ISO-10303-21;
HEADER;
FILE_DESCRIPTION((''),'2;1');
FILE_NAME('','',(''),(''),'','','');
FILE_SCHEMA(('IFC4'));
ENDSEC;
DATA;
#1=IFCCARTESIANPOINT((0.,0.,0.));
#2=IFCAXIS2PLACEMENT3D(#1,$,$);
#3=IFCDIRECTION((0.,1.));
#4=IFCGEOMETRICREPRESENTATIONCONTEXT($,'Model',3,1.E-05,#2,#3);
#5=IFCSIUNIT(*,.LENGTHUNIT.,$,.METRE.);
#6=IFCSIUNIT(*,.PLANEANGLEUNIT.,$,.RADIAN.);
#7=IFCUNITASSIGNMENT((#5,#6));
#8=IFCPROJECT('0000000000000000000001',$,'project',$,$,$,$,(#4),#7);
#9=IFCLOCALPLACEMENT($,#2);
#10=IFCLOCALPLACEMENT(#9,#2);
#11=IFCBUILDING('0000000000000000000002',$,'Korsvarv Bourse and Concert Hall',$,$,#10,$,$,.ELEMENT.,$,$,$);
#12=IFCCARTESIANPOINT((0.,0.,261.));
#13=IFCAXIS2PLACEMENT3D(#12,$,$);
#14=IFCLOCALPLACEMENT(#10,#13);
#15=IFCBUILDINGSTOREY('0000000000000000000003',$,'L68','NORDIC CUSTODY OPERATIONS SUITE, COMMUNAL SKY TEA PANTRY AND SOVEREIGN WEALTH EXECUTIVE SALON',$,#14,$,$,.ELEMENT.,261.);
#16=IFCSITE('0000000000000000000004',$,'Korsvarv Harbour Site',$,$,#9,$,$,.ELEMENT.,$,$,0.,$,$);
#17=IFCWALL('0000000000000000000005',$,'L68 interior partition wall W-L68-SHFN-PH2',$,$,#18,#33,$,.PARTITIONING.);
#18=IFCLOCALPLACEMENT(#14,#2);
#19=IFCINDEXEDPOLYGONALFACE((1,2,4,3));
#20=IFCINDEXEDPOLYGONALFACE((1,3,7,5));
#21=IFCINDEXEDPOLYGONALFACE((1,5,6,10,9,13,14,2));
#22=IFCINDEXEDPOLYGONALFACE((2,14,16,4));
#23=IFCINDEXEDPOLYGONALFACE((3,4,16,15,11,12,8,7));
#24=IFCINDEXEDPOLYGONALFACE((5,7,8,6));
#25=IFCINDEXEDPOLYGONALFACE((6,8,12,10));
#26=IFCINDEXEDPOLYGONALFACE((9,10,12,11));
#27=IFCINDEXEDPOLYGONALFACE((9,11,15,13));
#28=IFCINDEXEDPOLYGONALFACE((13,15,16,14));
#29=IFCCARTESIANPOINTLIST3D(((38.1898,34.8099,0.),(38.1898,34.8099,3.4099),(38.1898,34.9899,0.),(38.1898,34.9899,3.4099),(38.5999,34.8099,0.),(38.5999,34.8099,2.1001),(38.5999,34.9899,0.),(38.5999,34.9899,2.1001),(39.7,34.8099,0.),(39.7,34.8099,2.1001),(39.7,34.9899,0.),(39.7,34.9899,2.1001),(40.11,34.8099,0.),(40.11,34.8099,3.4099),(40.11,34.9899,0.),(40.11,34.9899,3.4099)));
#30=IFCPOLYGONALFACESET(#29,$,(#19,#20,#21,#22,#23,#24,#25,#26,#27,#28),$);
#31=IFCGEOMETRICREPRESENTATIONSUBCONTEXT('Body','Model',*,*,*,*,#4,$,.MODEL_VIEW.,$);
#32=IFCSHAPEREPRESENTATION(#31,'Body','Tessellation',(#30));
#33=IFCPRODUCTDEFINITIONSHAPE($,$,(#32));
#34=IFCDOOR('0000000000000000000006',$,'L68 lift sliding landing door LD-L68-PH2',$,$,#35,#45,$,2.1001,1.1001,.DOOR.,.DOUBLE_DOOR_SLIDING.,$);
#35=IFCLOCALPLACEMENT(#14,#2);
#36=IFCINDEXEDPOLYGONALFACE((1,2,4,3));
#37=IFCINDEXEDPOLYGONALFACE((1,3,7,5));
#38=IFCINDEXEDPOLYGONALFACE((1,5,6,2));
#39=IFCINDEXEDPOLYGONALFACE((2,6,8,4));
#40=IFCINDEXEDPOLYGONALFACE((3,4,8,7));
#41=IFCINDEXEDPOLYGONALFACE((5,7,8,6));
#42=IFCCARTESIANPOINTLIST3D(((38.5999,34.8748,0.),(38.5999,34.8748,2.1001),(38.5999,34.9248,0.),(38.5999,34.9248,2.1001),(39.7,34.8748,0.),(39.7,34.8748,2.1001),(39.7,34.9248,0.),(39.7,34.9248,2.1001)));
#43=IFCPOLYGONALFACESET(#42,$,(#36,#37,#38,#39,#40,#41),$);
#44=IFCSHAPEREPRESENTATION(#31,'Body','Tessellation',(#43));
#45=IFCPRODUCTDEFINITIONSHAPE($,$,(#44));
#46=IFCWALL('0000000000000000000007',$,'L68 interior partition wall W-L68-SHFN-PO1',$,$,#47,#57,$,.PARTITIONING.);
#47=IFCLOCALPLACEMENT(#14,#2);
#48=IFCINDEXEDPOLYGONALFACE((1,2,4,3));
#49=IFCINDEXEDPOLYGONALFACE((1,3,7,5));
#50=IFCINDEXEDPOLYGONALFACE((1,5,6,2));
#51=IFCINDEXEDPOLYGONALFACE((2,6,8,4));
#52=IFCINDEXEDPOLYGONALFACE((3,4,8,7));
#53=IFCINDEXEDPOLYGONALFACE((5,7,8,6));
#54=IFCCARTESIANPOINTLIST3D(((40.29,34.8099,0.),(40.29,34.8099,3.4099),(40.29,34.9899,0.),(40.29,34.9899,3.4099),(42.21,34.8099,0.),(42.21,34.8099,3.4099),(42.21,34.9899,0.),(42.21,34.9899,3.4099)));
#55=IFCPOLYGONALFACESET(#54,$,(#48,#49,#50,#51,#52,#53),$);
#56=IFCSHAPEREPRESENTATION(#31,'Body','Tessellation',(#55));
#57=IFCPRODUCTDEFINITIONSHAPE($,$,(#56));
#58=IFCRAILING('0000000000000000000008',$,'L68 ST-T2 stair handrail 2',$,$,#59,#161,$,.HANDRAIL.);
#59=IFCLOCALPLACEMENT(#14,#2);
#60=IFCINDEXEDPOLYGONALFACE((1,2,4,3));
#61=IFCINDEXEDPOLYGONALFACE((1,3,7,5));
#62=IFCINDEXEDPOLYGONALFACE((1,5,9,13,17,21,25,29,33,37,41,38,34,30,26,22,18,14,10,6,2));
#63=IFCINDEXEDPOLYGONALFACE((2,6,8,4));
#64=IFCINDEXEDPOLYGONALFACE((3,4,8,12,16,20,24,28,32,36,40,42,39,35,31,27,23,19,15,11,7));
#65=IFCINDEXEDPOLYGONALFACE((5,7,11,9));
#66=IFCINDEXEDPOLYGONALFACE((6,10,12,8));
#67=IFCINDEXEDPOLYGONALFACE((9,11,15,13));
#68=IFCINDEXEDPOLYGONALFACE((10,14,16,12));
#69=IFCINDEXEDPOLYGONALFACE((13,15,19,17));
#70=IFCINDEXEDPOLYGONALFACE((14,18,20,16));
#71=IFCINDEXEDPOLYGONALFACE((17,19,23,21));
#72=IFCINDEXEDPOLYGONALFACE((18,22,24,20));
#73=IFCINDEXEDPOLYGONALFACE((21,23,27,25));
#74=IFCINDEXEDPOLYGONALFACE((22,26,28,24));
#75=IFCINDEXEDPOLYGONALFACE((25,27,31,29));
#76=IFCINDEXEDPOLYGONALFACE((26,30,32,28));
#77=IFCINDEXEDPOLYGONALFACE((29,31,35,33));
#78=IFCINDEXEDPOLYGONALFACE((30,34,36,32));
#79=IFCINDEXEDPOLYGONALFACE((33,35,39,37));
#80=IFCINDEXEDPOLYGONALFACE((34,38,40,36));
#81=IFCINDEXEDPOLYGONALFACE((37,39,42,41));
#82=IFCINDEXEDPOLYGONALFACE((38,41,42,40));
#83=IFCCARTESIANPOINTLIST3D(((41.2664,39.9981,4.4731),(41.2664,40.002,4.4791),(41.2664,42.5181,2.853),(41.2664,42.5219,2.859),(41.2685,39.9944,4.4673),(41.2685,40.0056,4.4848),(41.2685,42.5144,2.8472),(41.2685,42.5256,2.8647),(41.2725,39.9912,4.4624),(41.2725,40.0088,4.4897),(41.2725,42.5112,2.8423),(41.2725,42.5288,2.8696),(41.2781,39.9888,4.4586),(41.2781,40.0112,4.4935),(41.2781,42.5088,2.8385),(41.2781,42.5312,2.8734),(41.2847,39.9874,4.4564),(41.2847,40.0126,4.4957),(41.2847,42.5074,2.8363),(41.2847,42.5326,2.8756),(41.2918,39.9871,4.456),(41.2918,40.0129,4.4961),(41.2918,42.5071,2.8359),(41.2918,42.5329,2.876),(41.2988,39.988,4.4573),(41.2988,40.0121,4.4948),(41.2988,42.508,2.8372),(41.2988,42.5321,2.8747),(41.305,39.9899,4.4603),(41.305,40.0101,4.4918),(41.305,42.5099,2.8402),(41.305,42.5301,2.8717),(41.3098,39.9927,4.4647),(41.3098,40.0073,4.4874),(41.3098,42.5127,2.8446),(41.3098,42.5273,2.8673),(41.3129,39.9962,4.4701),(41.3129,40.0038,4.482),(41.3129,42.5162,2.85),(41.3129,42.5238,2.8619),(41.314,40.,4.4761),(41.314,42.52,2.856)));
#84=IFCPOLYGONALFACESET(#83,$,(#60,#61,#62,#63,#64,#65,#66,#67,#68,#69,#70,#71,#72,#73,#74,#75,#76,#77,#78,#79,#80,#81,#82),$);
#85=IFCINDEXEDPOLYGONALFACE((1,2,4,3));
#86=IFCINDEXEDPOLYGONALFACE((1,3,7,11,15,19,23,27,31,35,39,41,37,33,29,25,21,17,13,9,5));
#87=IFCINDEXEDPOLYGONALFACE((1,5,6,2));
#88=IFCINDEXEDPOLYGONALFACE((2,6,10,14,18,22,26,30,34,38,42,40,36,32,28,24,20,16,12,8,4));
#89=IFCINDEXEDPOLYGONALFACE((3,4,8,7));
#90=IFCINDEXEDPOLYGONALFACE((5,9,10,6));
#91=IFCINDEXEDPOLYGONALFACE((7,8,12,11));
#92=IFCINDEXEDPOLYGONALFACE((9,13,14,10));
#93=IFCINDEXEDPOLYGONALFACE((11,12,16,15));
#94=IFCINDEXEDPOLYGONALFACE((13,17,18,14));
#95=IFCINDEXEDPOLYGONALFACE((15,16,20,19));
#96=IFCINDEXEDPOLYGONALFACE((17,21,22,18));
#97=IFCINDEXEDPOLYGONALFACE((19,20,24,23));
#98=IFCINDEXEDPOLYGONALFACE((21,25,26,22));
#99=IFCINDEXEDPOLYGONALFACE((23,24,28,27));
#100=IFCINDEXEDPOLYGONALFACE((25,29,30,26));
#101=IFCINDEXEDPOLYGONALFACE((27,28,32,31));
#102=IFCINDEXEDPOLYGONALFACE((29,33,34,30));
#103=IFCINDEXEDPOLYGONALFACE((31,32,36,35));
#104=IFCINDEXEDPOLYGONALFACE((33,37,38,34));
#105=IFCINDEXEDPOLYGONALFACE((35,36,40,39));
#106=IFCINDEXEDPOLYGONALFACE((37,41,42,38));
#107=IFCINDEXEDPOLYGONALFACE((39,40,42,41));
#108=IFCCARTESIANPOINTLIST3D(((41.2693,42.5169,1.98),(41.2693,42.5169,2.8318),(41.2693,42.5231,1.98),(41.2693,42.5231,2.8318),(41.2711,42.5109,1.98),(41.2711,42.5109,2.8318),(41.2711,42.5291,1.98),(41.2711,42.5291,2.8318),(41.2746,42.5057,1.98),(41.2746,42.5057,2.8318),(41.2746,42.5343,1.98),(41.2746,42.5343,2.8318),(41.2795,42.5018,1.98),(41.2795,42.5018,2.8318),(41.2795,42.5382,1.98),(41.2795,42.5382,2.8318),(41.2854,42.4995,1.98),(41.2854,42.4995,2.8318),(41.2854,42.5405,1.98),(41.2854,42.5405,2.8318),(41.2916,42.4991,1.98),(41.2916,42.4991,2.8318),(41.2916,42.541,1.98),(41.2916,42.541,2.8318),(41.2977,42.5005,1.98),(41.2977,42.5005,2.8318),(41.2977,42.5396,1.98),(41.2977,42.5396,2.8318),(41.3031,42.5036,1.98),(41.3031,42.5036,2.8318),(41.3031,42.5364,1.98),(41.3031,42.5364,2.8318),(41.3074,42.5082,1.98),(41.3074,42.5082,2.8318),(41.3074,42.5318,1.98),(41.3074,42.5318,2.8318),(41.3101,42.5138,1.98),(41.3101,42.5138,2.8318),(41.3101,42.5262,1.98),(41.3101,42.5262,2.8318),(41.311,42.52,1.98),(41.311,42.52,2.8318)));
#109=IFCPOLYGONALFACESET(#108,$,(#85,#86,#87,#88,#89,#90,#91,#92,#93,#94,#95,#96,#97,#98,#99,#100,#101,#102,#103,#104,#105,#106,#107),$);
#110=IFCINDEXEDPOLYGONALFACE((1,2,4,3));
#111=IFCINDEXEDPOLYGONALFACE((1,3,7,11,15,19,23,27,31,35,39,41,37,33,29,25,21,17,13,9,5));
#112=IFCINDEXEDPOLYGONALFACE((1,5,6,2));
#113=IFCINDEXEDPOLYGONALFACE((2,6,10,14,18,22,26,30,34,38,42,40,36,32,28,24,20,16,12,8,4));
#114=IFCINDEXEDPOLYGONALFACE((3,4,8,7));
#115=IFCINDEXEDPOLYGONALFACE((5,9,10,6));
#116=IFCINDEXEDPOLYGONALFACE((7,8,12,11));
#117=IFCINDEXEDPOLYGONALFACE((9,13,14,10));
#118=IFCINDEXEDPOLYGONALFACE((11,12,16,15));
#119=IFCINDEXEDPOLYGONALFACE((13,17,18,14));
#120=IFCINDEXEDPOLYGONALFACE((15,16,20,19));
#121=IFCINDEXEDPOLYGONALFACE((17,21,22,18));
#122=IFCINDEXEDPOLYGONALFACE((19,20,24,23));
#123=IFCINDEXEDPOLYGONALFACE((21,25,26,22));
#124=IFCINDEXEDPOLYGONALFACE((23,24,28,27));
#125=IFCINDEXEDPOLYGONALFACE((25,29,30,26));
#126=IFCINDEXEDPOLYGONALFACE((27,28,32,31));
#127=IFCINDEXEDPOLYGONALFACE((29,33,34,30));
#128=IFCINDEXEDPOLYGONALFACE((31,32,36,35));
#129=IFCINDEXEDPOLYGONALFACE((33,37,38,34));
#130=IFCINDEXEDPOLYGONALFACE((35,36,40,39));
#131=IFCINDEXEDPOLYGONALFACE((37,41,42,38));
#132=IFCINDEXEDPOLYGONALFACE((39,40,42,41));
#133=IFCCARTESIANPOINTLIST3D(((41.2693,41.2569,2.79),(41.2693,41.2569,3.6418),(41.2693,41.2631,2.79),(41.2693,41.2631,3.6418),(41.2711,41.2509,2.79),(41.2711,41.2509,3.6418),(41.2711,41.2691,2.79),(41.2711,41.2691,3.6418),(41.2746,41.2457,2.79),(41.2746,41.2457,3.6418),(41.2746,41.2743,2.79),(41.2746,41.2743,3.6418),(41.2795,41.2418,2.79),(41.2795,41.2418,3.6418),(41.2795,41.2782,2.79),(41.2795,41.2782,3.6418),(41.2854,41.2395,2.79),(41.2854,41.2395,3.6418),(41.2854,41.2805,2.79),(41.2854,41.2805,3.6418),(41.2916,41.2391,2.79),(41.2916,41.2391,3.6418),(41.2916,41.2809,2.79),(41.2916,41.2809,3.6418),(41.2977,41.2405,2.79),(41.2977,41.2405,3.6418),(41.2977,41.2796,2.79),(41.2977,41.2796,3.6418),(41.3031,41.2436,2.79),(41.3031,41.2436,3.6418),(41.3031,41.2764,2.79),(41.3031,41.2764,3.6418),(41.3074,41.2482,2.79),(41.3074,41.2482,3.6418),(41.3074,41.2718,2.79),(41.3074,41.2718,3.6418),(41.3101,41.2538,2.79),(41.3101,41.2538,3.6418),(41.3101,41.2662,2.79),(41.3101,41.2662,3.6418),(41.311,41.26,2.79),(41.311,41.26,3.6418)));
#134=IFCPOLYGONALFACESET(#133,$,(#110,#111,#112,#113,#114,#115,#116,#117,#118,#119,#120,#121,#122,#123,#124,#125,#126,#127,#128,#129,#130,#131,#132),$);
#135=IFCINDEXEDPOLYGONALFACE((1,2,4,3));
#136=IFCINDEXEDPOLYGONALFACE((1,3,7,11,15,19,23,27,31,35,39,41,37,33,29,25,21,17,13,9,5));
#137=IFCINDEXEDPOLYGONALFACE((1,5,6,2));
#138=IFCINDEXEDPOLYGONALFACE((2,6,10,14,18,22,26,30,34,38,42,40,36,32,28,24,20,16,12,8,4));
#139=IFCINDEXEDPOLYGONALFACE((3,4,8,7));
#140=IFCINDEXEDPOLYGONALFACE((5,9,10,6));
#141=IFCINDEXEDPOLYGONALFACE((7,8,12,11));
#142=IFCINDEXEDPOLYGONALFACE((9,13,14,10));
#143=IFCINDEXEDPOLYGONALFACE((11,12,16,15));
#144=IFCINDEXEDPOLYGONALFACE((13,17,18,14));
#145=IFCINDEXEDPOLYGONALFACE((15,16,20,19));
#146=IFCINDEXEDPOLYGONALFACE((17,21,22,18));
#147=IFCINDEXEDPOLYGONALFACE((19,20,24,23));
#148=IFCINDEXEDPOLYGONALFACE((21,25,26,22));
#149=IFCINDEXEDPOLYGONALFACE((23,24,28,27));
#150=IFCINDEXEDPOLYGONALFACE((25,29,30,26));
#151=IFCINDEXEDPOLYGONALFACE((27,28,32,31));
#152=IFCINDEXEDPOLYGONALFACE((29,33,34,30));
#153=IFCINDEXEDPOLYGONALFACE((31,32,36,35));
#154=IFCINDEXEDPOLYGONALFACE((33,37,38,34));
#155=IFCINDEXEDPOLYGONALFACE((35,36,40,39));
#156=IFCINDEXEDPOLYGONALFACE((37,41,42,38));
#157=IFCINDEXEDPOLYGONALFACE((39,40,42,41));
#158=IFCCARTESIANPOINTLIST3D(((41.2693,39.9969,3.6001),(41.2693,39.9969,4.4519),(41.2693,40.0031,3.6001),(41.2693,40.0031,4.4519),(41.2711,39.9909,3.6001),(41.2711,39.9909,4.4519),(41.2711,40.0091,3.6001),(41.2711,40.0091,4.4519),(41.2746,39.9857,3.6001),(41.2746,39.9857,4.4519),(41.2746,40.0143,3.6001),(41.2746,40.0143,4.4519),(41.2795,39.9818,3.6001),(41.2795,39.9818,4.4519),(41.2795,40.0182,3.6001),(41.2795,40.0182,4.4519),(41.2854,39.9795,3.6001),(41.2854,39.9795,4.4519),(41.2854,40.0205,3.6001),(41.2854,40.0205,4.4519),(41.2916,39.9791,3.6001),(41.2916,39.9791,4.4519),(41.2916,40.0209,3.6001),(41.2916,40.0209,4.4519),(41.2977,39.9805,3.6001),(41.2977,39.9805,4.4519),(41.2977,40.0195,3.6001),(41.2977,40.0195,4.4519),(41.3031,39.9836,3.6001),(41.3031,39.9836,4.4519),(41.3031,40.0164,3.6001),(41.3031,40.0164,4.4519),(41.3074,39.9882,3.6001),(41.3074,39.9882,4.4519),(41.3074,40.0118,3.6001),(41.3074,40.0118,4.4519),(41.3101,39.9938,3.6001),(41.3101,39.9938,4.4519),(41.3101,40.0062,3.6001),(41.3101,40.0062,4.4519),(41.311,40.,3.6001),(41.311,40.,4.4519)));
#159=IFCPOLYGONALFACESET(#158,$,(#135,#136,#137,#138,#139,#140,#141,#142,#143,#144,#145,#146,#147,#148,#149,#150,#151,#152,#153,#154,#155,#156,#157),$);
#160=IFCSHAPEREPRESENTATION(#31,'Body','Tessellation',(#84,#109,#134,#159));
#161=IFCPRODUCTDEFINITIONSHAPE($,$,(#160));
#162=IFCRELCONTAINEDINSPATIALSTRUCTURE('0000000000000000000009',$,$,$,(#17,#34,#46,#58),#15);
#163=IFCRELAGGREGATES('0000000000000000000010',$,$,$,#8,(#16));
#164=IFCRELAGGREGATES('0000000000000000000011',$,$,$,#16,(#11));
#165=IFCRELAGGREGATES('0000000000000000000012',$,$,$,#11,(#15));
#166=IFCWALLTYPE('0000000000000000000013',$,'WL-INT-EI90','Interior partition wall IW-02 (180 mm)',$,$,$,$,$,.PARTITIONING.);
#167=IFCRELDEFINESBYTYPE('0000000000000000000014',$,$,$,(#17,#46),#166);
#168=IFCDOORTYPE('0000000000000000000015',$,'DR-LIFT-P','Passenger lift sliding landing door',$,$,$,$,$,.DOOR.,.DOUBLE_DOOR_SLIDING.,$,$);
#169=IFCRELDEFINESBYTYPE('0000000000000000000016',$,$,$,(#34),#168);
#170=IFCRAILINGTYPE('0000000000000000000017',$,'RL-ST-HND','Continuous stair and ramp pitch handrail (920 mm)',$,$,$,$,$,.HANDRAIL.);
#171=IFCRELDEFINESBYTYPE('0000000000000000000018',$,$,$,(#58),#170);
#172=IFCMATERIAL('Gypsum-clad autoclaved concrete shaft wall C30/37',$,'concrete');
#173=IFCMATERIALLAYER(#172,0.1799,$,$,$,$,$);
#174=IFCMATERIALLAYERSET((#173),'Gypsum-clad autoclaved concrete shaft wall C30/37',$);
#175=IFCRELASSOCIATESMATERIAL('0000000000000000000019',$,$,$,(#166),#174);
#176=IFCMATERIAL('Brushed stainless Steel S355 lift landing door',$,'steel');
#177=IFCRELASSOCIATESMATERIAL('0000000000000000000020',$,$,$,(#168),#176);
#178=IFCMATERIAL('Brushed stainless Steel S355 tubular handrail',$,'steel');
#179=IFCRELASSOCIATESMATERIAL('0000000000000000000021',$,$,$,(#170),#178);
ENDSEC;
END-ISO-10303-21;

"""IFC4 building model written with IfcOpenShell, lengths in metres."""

from ifc_helpers import new_model, si_unit, direction, frame, frame_2d, origin, origin_2d, place, context, subcontext, project, spatial, rectangle, circle, extrude, material, layer, layer_set, type_object, element, fill, save


model = new_model("IFC4")

# Units and contexts
model_context = context("Model", 3, precision=1e-05, world=origin(), true_north=direction((0.0, 1.0)))
body_context = subcontext(model_context, "Body", "Model", "MODEL_VIEW")
ifc_project = project(units=[si_unit("LENGTHUNIT", "METRE"), si_unit("PLANEANGLEUNIT", "RADIAN")], contexts=[model_context])

# Site, building, storey
site_placement = place(None, origin())
site = spatial("IfcSite", under=ifc_project, at=site_placement, Name="Korsvarv Harbour Site", CompositionType="ELEMENT", RefElevation=0.0)
building_placement = place(site_placement, origin())
building = spatial("IfcBuilding", under=site, at=building_placement, Name="Korsvarv Bourse and Concert Hall", CompositionType="ELEMENT")
storey_placement = place(building_placement, frame((0.0, 0.0, 261.0)))
storey = spatial("IfcBuildingStorey", under=building, at=storey_placement, Name="L68", Description="NORDIC CUSTODY OPERATIONS SUITE, COMMUNAL SKY TEA PANTRY AND SOVEREIGN WEALTH EXECUTIVE SALON", CompositionType="ELEMENT", Elevation=261.0)

# Wall, opening, door
ifc_material_1 = material(Name="Gypsum-clad autoclaved concrete shaft wall C30/37", Category="concrete")
ifc_layer_1 = layer(ifc_material_1, 0.1799)
ifc_layer_set_1 = layer_set([ifc_layer_1], Name="Gypsum-clad autoclaved concrete shaft wall C30/37")
wall_type_1 = type_object("IfcWallType", Name="WL-INT-EI90", Description="Interior partition wall IW-02 (180 mm)", PredefinedType="PARTITIONING", material=ifc_layer_set_1)
ifc_material_2 = material(Name="Brushed stainless Steel S355 lift landing door", Category="steel")
door_type_1 = type_object("IfcDoorType", Name="DR-LIFT-P", Description="Passenger lift sliding landing door", OperationType="DOUBLE_DOOR_SLIDING", PredefinedType="DOOR", material=ifc_material_2)
wall_1_placement = place(storey_placement, frame((38.1899, 34.8999, 0.0), z_axis=(0.0, 0.0, 1.0), x_axis=(1.0, 0.0, 0.0)))
wall_1 = element("IfcWall", 1, at=wall_1_placement, inside=storey, type_object=wall_type_1, Name="L68 interior partition wall W-L68-SHFN-PH2", PredefinedType="PARTITIONING", context=body_context, shape_type="SweptSolid", body=[
    extrude(rectangle(XDim=1.9202, YDim=0.1799, at=frame_2d((0.96, 0.0))), origin(), (0.0, 0.0, 1.0), 3.4099),
])
opening_1_placement = place(wall_1_placement, frame((0.4099, 0.0, 0.0)))
opening_1 = element("IfcOpeningElement", 2, at=opening_1_placement, cuts=wall_1, PredefinedType="OPENING", context=body_context, shape_type="SweptSolid", body=[
    extrude(rectangle(XDim=1.1001, YDim=2.1001, at=frame_2d((0.55, 1.05))), frame((0.0, 0.1001, 0.0), z_axis=(0.0, -1.0, 0.0), x_axis=(1.0, 0.0, 0.0)), (0.0, 0.0, 1.0), 0.2),
])
door_1_placement = place(opening_1_placement, origin())
door_1 = element("IfcDoor", 3, at=door_1_placement, inside=storey, type_object=door_type_1, Name="L68 lift sliding landing door LD-L68-PH2", OperationType="DOUBLE_DOOR_SLIDING", OverallHeight=2.1001, OverallWidth=1.1001, PredefinedType="DOOR", context=body_context, shape_type="SweptSolid", body=[
    extrude(rectangle(XDim=1.1001, YDim=2.1001, at=frame_2d((0.55, 1.05))), frame((0.0, 0.0249, 0.0), z_axis=(0.0, -1.0, 0.0), x_axis=(1.0, 0.0, 0.0)), (0.0, 0.0, 1.0), 0.05),
])
fill(opening_1, door_1)

# Wall
wall_2_placement = place(storey_placement, frame((40.29, 34.8999, 0.0), z_axis=(0.0, 0.0, 1.0), x_axis=(1.0, 0.0, 0.0)))
element("IfcWall", 4, at=wall_2_placement, inside=storey, type_object=wall_type_1, Name="L68 interior partition wall W-L68-SHFN-PO1", PredefinedType="PARTITIONING", context=body_context, shape_type="SweptSolid", body=[
    extrude(rectangle(XDim=1.9199, YDim=0.1799, at=frame_2d((0.96, 0.0))), origin(), (0.0, 0.0, 1.0), 3.4099),
])

# Railing
ifc_material_3 = material(Name="Brushed stainless Steel S355 tubular handrail", Category="steel")
railing_type = type_object("IfcRailingType", Name="RL-ST-HND", Description="Continuous stair and ramp pitch handrail (920 mm)", PredefinedType="HANDRAIL", material=ifc_material_3)
railing_placement = place(storey_placement, frame((41.29, 42.52, 1.98)))
element("IfcRailing", 5, at=railing_placement, inside=storey, type_object=railing_type, Name="L68 ST-T2 stair handrail 2", PredefinedType="HANDRAIL", context=body_context, shape_type="SweptSolid", body=[
    extrude(circle(Radius=0.0239, at=origin_2d()), frame((0.0, 0.0, 0.876), z_axis=(0.0, -0.841163, 0.540782), x_axis=(1.0, 0.0, 0.0)), (0.0, 0.0, 1.0), 2.9958),
    extrude(circle(Radius=0.021, at=origin_2d()), origin(), (0.0, 0.0, 1.0), 0.8518),
    extrude(circle(Radius=0.021, at=origin_2d()), frame((0.0, -1.26, 0.8101)), (0.0, 0.0, 1.0), 0.8518),
    extrude(circle(Radius=0.021, at=origin_2d()), frame((0.0, -2.52, 1.6201)), (0.0, 0.0, 1.0), 0.8518),
])

save(model, "model.ifc")
